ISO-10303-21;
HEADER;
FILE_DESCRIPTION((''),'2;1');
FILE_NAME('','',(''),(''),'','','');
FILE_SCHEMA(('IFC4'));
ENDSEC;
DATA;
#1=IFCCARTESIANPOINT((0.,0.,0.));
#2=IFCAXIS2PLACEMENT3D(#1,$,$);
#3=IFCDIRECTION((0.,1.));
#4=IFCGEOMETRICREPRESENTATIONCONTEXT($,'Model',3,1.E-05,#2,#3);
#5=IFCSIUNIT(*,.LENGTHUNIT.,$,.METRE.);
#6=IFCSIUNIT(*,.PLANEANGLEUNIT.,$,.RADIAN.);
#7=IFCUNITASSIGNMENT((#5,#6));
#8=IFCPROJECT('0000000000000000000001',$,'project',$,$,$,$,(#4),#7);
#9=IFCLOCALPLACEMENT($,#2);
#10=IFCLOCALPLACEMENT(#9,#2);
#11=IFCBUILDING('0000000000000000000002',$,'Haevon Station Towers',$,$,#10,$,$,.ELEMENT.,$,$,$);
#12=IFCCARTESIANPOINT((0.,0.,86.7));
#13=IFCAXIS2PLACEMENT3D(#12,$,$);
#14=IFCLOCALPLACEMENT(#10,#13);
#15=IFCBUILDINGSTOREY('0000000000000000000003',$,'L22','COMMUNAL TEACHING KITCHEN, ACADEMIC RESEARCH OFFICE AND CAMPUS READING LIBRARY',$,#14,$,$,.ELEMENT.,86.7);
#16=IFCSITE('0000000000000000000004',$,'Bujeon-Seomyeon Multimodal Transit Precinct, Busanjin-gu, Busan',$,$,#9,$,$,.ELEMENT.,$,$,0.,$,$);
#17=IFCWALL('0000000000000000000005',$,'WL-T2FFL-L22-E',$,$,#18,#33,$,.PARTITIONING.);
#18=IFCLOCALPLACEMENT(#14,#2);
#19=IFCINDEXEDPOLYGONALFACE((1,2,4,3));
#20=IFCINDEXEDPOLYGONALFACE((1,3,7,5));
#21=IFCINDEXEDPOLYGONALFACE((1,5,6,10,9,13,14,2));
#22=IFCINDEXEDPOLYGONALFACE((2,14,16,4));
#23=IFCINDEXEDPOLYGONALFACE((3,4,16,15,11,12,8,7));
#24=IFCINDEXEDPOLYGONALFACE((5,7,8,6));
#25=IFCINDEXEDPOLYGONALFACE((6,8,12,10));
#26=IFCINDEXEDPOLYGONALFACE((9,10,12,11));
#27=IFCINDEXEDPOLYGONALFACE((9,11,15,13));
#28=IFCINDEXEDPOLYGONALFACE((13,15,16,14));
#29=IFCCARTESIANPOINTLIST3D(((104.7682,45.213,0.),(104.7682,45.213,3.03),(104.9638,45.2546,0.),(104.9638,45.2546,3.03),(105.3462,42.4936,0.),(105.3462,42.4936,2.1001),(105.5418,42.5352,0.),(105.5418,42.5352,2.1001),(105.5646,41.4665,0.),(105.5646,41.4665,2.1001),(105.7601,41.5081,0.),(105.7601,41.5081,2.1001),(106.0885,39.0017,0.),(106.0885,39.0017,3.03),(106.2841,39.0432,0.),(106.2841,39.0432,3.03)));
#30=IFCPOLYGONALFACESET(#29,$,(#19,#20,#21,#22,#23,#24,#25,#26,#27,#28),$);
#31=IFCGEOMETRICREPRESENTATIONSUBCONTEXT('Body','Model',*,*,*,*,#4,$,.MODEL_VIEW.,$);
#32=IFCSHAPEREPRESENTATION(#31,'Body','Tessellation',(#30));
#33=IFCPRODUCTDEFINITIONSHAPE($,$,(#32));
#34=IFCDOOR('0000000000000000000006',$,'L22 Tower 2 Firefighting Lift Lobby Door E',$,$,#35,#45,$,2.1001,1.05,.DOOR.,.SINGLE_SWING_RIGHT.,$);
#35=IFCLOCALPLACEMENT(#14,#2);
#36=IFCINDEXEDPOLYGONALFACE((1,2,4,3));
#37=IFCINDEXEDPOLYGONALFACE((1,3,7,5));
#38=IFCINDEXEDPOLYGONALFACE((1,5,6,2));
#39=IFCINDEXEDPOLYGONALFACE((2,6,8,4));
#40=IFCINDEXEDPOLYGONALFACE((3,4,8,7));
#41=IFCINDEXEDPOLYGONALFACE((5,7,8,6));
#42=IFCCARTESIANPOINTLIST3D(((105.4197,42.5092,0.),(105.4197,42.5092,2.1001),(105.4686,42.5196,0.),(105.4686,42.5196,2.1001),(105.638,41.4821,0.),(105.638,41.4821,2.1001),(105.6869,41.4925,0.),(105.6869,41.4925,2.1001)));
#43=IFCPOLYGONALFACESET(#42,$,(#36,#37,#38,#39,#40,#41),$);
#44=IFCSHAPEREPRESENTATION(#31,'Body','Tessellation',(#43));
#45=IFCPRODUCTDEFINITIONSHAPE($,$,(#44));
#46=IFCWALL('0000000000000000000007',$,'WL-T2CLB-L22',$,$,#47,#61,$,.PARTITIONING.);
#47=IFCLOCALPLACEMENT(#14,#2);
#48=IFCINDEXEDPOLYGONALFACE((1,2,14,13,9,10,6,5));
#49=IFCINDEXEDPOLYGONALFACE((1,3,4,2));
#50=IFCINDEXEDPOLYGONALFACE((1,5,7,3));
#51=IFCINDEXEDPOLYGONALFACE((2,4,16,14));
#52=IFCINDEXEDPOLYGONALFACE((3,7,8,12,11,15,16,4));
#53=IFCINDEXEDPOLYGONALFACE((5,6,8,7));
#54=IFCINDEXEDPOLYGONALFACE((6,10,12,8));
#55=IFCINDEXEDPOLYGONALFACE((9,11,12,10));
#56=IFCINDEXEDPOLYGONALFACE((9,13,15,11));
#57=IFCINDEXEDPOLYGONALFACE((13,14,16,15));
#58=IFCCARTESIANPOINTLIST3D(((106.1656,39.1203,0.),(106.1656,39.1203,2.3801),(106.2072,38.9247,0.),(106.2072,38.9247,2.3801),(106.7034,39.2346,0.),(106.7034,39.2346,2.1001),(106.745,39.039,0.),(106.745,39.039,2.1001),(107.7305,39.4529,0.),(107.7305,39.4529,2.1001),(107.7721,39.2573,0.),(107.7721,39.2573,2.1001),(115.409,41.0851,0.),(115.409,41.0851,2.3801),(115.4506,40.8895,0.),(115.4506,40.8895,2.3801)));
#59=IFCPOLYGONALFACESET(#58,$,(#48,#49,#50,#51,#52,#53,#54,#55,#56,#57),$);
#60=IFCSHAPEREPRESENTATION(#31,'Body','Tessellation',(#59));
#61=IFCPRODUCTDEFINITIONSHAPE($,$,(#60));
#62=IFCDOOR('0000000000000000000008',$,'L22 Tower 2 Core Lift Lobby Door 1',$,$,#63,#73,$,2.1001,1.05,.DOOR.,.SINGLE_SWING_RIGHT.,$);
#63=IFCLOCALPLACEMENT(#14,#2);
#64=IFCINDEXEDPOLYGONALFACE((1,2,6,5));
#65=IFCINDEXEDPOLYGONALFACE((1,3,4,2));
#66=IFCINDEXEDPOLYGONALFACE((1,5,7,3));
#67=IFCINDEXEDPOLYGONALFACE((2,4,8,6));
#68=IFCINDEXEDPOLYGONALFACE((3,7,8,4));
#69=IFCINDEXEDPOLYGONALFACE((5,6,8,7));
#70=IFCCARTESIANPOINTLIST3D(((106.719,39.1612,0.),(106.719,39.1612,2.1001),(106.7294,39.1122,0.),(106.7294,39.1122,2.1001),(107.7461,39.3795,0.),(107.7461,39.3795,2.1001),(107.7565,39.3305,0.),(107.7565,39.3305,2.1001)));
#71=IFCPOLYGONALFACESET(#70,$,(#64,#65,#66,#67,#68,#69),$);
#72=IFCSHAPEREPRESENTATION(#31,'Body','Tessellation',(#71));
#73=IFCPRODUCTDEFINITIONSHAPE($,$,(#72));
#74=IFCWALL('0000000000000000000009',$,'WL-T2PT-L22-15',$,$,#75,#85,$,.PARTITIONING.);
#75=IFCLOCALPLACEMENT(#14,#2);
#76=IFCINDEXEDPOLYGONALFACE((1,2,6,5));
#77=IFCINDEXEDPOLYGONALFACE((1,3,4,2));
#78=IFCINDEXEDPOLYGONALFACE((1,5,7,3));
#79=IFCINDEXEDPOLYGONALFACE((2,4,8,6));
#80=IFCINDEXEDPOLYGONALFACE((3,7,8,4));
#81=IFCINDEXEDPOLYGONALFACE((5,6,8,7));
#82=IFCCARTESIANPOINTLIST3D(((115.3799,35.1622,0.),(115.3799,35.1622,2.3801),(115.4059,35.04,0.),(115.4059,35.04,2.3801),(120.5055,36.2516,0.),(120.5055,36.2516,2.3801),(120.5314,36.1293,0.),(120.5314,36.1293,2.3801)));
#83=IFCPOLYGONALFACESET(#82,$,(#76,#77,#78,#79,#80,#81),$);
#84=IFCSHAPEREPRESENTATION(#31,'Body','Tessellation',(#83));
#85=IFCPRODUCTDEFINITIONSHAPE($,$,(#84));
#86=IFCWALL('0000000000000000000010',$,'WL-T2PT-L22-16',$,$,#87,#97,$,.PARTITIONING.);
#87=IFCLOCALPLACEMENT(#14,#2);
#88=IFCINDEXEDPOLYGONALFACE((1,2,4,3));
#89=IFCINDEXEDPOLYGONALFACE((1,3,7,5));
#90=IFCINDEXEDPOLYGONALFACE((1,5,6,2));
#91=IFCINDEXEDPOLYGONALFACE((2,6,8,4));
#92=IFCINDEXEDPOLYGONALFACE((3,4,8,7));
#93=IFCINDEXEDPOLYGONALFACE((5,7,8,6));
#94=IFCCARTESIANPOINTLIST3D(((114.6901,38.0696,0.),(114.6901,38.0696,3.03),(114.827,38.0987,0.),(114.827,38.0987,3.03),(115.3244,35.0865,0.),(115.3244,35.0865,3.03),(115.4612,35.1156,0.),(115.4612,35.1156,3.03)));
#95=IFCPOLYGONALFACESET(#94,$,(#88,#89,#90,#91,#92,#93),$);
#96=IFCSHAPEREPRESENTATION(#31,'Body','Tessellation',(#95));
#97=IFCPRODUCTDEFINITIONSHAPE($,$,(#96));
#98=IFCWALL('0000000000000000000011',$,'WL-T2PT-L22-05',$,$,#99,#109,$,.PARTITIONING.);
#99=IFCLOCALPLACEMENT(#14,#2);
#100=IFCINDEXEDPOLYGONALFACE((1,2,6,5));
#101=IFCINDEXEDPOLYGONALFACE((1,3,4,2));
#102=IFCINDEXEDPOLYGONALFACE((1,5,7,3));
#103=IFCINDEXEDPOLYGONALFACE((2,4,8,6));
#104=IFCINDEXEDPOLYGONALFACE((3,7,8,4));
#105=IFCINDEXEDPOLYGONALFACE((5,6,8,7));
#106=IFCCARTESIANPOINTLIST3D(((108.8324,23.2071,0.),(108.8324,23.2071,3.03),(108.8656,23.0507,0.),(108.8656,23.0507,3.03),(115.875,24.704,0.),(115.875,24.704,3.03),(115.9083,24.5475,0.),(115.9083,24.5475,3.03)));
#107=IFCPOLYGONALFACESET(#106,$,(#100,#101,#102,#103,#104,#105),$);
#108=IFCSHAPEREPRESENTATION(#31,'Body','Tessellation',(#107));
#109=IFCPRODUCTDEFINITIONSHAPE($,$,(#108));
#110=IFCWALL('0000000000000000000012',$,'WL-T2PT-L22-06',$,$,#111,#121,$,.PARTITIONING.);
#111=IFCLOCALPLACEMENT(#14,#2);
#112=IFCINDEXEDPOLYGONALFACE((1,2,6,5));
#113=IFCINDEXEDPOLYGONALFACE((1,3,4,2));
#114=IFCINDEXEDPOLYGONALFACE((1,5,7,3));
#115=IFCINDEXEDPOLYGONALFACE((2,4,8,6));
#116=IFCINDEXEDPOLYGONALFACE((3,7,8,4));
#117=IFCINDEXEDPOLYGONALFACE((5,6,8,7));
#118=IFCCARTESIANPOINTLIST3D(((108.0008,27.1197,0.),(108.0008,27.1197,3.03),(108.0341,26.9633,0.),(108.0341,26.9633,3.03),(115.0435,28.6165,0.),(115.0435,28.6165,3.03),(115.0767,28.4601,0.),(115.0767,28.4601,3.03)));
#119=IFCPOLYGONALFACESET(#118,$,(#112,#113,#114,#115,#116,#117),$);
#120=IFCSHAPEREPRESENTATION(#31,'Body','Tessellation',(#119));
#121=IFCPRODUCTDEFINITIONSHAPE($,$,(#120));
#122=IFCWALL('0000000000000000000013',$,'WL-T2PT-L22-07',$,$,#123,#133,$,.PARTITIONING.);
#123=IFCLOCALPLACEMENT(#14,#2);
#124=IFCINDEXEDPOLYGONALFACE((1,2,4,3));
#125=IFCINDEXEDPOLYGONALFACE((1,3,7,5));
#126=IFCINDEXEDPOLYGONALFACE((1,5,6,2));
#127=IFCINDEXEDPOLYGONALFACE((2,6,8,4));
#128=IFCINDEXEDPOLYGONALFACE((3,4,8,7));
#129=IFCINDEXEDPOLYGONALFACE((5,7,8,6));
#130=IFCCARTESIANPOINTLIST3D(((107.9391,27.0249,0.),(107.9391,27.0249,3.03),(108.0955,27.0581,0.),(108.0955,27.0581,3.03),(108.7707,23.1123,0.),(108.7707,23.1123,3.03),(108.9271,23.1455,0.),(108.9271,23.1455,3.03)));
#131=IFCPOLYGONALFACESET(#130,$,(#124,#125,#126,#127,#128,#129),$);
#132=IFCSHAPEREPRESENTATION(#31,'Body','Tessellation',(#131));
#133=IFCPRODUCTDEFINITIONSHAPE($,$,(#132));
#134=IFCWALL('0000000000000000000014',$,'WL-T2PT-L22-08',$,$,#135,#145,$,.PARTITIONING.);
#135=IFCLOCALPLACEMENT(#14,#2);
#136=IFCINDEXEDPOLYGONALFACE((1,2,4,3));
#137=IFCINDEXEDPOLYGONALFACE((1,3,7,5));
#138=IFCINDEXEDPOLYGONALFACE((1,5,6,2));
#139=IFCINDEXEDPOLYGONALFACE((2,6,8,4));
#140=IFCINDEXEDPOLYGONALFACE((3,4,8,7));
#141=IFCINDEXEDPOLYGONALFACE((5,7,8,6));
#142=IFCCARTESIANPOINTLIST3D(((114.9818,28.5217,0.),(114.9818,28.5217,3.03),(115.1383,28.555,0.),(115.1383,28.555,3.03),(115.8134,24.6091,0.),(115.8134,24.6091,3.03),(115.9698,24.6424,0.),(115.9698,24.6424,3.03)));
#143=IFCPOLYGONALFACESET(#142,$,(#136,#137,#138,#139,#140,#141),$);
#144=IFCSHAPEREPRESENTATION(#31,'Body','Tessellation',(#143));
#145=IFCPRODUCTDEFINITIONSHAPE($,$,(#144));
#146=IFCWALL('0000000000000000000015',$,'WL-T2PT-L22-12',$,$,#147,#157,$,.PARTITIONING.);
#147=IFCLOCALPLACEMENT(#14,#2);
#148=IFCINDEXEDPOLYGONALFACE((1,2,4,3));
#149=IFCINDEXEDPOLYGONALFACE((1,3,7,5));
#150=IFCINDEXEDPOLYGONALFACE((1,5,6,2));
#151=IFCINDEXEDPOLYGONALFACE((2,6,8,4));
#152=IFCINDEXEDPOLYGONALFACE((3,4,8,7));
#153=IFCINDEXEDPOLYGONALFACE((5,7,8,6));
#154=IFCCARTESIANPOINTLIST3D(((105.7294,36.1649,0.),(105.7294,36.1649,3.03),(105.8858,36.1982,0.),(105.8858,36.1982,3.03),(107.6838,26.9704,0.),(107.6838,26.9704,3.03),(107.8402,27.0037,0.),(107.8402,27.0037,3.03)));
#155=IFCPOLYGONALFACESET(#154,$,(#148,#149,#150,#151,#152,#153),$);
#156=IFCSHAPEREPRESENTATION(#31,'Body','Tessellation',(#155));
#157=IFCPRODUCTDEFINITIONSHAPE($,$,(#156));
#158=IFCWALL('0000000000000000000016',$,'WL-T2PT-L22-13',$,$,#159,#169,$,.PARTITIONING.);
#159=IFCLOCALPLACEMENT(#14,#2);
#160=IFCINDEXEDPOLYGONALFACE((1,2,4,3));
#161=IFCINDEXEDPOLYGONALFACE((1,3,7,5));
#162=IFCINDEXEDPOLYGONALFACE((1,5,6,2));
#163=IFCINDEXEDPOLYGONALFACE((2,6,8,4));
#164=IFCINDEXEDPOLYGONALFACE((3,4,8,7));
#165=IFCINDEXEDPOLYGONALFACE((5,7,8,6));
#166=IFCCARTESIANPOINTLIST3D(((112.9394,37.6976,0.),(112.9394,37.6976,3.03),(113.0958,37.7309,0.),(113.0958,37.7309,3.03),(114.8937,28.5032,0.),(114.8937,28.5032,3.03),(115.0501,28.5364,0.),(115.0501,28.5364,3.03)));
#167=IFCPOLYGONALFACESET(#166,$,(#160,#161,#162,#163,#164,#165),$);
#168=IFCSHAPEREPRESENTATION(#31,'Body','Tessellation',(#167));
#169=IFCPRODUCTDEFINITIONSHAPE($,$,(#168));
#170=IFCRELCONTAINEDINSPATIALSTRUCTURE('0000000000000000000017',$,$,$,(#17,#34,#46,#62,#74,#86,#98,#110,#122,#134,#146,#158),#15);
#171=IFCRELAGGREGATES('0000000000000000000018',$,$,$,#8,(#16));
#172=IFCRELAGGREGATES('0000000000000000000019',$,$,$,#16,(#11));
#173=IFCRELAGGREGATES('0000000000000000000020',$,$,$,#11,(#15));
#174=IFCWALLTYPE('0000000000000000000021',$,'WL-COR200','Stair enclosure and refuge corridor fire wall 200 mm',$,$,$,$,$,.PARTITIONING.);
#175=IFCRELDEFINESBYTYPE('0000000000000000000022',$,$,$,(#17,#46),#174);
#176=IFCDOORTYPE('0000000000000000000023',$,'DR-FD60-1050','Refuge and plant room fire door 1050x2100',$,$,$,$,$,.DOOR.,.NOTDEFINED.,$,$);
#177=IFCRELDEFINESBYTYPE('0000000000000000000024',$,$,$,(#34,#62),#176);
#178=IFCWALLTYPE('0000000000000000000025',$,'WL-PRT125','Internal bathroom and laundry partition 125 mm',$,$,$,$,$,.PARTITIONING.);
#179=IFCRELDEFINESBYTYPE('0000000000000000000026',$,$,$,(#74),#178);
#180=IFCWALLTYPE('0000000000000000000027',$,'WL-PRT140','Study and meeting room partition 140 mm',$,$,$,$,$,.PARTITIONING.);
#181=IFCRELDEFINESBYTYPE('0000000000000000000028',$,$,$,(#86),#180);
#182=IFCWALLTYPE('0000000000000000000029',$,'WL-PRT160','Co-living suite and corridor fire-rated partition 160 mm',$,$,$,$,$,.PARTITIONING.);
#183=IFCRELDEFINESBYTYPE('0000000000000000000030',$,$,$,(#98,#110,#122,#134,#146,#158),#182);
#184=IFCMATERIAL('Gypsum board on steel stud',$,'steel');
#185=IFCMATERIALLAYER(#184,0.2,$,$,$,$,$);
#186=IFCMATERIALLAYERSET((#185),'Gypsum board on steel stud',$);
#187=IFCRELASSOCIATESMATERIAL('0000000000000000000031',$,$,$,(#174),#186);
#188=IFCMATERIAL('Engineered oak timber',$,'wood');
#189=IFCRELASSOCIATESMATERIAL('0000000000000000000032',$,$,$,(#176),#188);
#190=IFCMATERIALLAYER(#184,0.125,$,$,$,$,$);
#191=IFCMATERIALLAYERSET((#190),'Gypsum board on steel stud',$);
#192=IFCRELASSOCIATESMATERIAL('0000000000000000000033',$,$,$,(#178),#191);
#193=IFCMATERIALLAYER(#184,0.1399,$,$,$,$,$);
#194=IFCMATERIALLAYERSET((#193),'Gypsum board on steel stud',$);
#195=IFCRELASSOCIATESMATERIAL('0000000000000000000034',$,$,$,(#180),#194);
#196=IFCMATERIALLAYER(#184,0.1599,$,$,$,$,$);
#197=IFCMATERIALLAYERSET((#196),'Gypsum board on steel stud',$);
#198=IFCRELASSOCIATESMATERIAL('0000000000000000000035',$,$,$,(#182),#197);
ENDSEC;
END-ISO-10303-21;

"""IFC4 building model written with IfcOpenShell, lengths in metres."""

from ifc_helpers import new_model, si_unit, direction, frame, frame_2d, origin, place, context, subcontext, project, spatial, rectangle, extrude, material, layer, layer_set, type_object, element, fill, save


model = new_model("IFC4")

# Units and contexts
model_context = context("Model", 3, precision=1e-05, world=origin(), true_north=direction((0.0, 1.0)))
body_context = subcontext(model_context, "Body", "Model", "MODEL_VIEW")
ifc_project = project(units=[si_unit("LENGTHUNIT", "METRE"), si_unit("PLANEANGLEUNIT", "RADIAN")], contexts=[model_context])

# Site, building, storey
site_placement = place(None, origin())
site = spatial("IfcSite", under=ifc_project, at=site_placement, Name="Bujeon-Seomyeon Multimodal Transit Precinct, Busanjin-gu, Busan", CompositionType="ELEMENT", RefElevation=0.0)
building_placement = place(site_placement, origin())
building = spatial("IfcBuilding", under=site, at=building_placement, Name="Haevon Station Towers", CompositionType="ELEMENT")
storey_placement = place(building_placement, frame((0.0, 0.0, 86.7)))
storey = spatial("IfcBuildingStorey", under=building, at=storey_placement, Name="L22", Description="COMMUNAL TEACHING KITCHEN, ACADEMIC RESEARCH OFFICE AND CAMPUS READING LIBRARY", CompositionType="ELEMENT", Elevation=86.7)

# Walls, openings, doors
ifc_material_1 = material(Name="Gypsum board on steel stud", Category="steel")
ifc_layer_1 = layer(ifc_material_1, 0.2)
ifc_layer_set_1 = layer_set([ifc_layer_1], Name="Gypsum board on steel stud")
wall_type_1 = type_object("IfcWallType", Name="WL-COR200", Description="Stair enclosure and refuge corridor fire wall 200 mm", PredefinedType="PARTITIONING", material=ifc_layer_set_1)
wall_1_placement = place(storey_placement, frame((106.1863, 39.0225, 0.0), z_axis=(0.0, 0.0, 1.0), x_axis=(-0.207917, 0.978147, 0.0)))
wall_1 = element("IfcWall", 1, at=wall_1_placement, inside=storey, type_object=wall_type_1, Name="WL-T2FFL-L22-E", PredefinedType="PARTITIONING", context=body_context, shape_type="SweptSolid", body=[
    extrude(rectangle(XDim=6.3501, YDim=0.2, at=frame_2d((3.175, 0.0))), origin(), (0.0, 0.0, 1.0), 3.03),
])
opening_1_placement = place(wall_1_placement, frame((2.52, 0.0, 0.0)))
opening_1 = element("IfcOpeningElement", 2, at=opening_1_placement, cuts=wall_1, PredefinedType="OPENING", context=body_context, shape_type="SweptSolid", body=[
    extrude(rectangle(XDim=1.05, YDim=2.1001, at=frame_2d((0.5249, 1.05))), frame((0.0, 0.1099, 0.0), z_axis=(0.0, -1.0, 0.0), x_axis=(1.0, 0.0, 0.0)), (0.0, 0.0, 1.0), 0.22),
])
ifc_material_2 = material(Name="Engineered oak timber", Category="wood")
door_type = type_object("IfcDoorType", Name="DR-FD60-1050", Description="Refuge and plant room fire door 1050x2100", OperationType="NOTDEFINED", PredefinedType="DOOR", material=ifc_material_2)
door_1_placement = place(opening_1_placement, origin())
door_1 = element("IfcDoor", 3, at=door_1_placement, inside=storey, type_object=door_type, Name="L22 Tower 2 Firefighting Lift Lobby Door E", OperationType="SINGLE_SWING_RIGHT", OverallHeight=2.1001, OverallWidth=1.05, PredefinedType="DOOR", context=body_context, shape_type="SweptSolid", body=[
    extrude(rectangle(XDim=1.05, YDim=2.1001, at=frame_2d((0.5249, 1.05))), frame((0.0, 0.0249, 0.0), z_axis=(0.0, -1.0, 0.0), x_axis=(1.0, 0.0, 0.0)), (0.0, 0.0, 1.0), 0.05),
])
fill(opening_1, door_1)
wall_2_placement = place(storey_placement, frame((106.1863, 39.0225, 0.0), z_axis=(0.0, 0.0, 1.0), x_axis=(0.978146, 0.207921, 0.0)))
wall_2 = element("IfcWall", 4, at=wall_2_placement, inside=storey, type_object=wall_type_1, Name="WL-T2CLB-L22", PredefinedType="PARTITIONING", context=body_context, shape_type="SweptSolid", body=[
    extrude(rectangle(XDim=9.45, YDim=0.2, at=frame_2d((4.7251, 0.0))), origin(), (0.0, 0.0, 1.0), 2.3801),
])
opening_2_placement = place(wall_2_placement, frame((0.55, 0.0, 0.0)))
opening_2 = element("IfcOpeningElement", 5, at=opening_2_placement, cuts=wall_2, PredefinedType="OPENING", context=body_context, shape_type="SweptSolid", body=[
    extrude(rectangle(XDim=1.05, YDim=2.1001, at=frame_2d((0.5249, 1.05))), frame((0.0, 0.1099, 0.0), z_axis=(0.0, -1.0, 0.0), x_axis=(1.0, 0.0, 0.0)), (0.0, 0.0, 1.0), 0.22),
])
door_2_placement = place(opening_2_placement, origin())
door_2 = element("IfcDoor", 6, at=door_2_placement, inside=storey, type_object=door_type, Name="L22 Tower 2 Core Lift Lobby Door 1", OperationType="SINGLE_SWING_RIGHT", OverallHeight=2.1001, OverallWidth=1.05, PredefinedType="DOOR", context=body_context, shape_type="SweptSolid", body=[
    extrude(rectangle(XDim=1.05, YDim=2.1001, at=frame_2d((0.5249, 1.05))), frame((0.0, 0.0249, 0.0), z_axis=(0.0, -1.0, 0.0), x_axis=(1.0, 0.0, 0.0)), (0.0, 0.0, 1.0), 0.05),
])
fill(opening_2, door_2)

# Walls
ifc_layer_2 = layer(ifc_material_1, 0.125)
ifc_layer_set_2 = layer_set([ifc_layer_2], Name="Gypsum board on steel stud")
wall_type_2 = type_object("IfcWallType", Name="WL-PRT125", Description="Internal bathroom and laundry partition 125 mm", PredefinedType="PARTITIONING", material=ifc_layer_set_2)
wall_3_placement = place(storey_placement, frame((115.3928, 35.1011, 0.0), z_axis=(0.0, 0.0, 1.0), x_axis=(0.978152, 0.207893, 0.0)))
element("IfcWall", 7, at=wall_3_placement, inside=storey, type_object=wall_type_2, Name="WL-T2PT-L22-15", PredefinedType="PARTITIONING", context=body_context, shape_type="SweptSolid", body=[
    extrude(rectangle(XDim=5.24, YDim=0.125, at=frame_2d((2.6201, 0.0))), origin(), (0.0, 0.0, 1.0), 2.3801),
])
ifc_layer_3 = layer(ifc_material_1, 0.1399)
ifc_layer_set_3 = layer_set([ifc_layer_3], Name="Gypsum board on steel stud")
wall_type_3 = type_object("IfcWallType", Name="WL-PRT140", Description="Study and meeting room partition 140 mm", PredefinedType="PARTITIONING", material=ifc_layer_set_3)
wall_4_placement = place(storey_placement, frame((115.3928, 35.1011, 0.0), z_axis=(0.0, 0.0, 1.0), x_axis=(-0.207971, 0.978135, 0.0)))
element("IfcWall", 8, at=wall_4_placement, inside=storey, type_object=wall_type_3, Name="WL-T2PT-L22-16", PredefinedType="PARTITIONING", context=body_context, shape_type="SweptSolid", body=[
    extrude(rectangle(XDim=3.0498, YDim=0.1399, at=frame_2d((1.5249, 0.0))), origin(), (0.0, 0.0, 1.0), 3.03),
])
ifc_layer_4 = layer(ifc_material_1, 0.1599)
ifc_layer_set_4 = layer_set([ifc_layer_4], Name="Gypsum board on steel stud")
wall_type_4 = type_object("IfcWallType", Name="WL-PRT160", Description="Co-living suite and corridor fire-rated partition 160 mm", PredefinedType="PARTITIONING", material=ifc_layer_set_4)
for number, where, z_axis, x_axis, name in (
    (9, (108.8489, 23.1289, 0.0), (0.0, 0.0, 1.0), (0.978152, 0.207892, 0.0), "WL-T2PT-L22-05"),
    (10, (108.0173, 27.0415, 0.0), (0.0, 0.0, 1.0), (0.978152, 0.207892, 0.0), "WL-T2PT-L22-06"),
):
    element("IfcWall", number, at=place(storey_placement, frame(where, z_axis=z_axis, x_axis=x_axis)), inside=storey, type_object=wall_type_4, Name=name, PredefinedType="PARTITIONING", context=body_context, shape_type="SweptSolid", body=[
        extrude(rectangle(XDim=7.2, YDim=0.1599, at=frame_2d((3.6001, 0.0))), origin(), (0.0, 0.0, 1.0), 3.03),
    ])
for number, where, z_axis, x_axis, name in (
    (11, (108.8489, 23.1289, 0.0), (0.0, 0.0, 1.0), (-0.207886, 0.978153, 0.0), "WL-T2PT-L22-07"),
    (12, (115.8916, 24.6257, 0.0), (0.0, 0.0, 1.0), (-0.207886, 0.978153, 0.0), "WL-T2PT-L22-08"),
):
    element("IfcWall", number, at=place(storey_placement, frame(where, z_axis=z_axis, x_axis=x_axis)), inside=storey, type_object=wall_type_4, Name=name, PredefinedType="PARTITIONING", context=body_context, shape_type="SweptSolid", body=[
        extrude(rectangle(XDim=4.0, YDim=0.1599, at=frame_2d((2.0, 0.0))), origin(), (0.0, 0.0, 1.0), 3.03),
    ])
for number, where, z_axis, x_axis, name in (
    (13, (107.762, 26.9871, 0.0), (0.0, 0.0, 1.0), (-0.207909, 0.978148, 0.0), "WL-T2PT-L22-12"),
    (14, (114.9719, 28.5198, 0.0), (0.0, 0.0, 1.0), (-0.207909, 0.978148, 0.0), "WL-T2PT-L22-13"),
):
    element("IfcWall", number, at=place(storey_placement, frame(where, z_axis=z_axis, x_axis=x_axis)), inside=storey, type_object=wall_type_4, Name=name, PredefinedType="PARTITIONING", context=body_context, shape_type="SweptSolid", body=[
        extrude(rectangle(XDim=9.3999, YDim=0.1599, at=frame_2d((4.7, 0.0))), origin(), (0.0, 0.0, 1.0), 3.03),
    ])

save(model, "model.ifc")
